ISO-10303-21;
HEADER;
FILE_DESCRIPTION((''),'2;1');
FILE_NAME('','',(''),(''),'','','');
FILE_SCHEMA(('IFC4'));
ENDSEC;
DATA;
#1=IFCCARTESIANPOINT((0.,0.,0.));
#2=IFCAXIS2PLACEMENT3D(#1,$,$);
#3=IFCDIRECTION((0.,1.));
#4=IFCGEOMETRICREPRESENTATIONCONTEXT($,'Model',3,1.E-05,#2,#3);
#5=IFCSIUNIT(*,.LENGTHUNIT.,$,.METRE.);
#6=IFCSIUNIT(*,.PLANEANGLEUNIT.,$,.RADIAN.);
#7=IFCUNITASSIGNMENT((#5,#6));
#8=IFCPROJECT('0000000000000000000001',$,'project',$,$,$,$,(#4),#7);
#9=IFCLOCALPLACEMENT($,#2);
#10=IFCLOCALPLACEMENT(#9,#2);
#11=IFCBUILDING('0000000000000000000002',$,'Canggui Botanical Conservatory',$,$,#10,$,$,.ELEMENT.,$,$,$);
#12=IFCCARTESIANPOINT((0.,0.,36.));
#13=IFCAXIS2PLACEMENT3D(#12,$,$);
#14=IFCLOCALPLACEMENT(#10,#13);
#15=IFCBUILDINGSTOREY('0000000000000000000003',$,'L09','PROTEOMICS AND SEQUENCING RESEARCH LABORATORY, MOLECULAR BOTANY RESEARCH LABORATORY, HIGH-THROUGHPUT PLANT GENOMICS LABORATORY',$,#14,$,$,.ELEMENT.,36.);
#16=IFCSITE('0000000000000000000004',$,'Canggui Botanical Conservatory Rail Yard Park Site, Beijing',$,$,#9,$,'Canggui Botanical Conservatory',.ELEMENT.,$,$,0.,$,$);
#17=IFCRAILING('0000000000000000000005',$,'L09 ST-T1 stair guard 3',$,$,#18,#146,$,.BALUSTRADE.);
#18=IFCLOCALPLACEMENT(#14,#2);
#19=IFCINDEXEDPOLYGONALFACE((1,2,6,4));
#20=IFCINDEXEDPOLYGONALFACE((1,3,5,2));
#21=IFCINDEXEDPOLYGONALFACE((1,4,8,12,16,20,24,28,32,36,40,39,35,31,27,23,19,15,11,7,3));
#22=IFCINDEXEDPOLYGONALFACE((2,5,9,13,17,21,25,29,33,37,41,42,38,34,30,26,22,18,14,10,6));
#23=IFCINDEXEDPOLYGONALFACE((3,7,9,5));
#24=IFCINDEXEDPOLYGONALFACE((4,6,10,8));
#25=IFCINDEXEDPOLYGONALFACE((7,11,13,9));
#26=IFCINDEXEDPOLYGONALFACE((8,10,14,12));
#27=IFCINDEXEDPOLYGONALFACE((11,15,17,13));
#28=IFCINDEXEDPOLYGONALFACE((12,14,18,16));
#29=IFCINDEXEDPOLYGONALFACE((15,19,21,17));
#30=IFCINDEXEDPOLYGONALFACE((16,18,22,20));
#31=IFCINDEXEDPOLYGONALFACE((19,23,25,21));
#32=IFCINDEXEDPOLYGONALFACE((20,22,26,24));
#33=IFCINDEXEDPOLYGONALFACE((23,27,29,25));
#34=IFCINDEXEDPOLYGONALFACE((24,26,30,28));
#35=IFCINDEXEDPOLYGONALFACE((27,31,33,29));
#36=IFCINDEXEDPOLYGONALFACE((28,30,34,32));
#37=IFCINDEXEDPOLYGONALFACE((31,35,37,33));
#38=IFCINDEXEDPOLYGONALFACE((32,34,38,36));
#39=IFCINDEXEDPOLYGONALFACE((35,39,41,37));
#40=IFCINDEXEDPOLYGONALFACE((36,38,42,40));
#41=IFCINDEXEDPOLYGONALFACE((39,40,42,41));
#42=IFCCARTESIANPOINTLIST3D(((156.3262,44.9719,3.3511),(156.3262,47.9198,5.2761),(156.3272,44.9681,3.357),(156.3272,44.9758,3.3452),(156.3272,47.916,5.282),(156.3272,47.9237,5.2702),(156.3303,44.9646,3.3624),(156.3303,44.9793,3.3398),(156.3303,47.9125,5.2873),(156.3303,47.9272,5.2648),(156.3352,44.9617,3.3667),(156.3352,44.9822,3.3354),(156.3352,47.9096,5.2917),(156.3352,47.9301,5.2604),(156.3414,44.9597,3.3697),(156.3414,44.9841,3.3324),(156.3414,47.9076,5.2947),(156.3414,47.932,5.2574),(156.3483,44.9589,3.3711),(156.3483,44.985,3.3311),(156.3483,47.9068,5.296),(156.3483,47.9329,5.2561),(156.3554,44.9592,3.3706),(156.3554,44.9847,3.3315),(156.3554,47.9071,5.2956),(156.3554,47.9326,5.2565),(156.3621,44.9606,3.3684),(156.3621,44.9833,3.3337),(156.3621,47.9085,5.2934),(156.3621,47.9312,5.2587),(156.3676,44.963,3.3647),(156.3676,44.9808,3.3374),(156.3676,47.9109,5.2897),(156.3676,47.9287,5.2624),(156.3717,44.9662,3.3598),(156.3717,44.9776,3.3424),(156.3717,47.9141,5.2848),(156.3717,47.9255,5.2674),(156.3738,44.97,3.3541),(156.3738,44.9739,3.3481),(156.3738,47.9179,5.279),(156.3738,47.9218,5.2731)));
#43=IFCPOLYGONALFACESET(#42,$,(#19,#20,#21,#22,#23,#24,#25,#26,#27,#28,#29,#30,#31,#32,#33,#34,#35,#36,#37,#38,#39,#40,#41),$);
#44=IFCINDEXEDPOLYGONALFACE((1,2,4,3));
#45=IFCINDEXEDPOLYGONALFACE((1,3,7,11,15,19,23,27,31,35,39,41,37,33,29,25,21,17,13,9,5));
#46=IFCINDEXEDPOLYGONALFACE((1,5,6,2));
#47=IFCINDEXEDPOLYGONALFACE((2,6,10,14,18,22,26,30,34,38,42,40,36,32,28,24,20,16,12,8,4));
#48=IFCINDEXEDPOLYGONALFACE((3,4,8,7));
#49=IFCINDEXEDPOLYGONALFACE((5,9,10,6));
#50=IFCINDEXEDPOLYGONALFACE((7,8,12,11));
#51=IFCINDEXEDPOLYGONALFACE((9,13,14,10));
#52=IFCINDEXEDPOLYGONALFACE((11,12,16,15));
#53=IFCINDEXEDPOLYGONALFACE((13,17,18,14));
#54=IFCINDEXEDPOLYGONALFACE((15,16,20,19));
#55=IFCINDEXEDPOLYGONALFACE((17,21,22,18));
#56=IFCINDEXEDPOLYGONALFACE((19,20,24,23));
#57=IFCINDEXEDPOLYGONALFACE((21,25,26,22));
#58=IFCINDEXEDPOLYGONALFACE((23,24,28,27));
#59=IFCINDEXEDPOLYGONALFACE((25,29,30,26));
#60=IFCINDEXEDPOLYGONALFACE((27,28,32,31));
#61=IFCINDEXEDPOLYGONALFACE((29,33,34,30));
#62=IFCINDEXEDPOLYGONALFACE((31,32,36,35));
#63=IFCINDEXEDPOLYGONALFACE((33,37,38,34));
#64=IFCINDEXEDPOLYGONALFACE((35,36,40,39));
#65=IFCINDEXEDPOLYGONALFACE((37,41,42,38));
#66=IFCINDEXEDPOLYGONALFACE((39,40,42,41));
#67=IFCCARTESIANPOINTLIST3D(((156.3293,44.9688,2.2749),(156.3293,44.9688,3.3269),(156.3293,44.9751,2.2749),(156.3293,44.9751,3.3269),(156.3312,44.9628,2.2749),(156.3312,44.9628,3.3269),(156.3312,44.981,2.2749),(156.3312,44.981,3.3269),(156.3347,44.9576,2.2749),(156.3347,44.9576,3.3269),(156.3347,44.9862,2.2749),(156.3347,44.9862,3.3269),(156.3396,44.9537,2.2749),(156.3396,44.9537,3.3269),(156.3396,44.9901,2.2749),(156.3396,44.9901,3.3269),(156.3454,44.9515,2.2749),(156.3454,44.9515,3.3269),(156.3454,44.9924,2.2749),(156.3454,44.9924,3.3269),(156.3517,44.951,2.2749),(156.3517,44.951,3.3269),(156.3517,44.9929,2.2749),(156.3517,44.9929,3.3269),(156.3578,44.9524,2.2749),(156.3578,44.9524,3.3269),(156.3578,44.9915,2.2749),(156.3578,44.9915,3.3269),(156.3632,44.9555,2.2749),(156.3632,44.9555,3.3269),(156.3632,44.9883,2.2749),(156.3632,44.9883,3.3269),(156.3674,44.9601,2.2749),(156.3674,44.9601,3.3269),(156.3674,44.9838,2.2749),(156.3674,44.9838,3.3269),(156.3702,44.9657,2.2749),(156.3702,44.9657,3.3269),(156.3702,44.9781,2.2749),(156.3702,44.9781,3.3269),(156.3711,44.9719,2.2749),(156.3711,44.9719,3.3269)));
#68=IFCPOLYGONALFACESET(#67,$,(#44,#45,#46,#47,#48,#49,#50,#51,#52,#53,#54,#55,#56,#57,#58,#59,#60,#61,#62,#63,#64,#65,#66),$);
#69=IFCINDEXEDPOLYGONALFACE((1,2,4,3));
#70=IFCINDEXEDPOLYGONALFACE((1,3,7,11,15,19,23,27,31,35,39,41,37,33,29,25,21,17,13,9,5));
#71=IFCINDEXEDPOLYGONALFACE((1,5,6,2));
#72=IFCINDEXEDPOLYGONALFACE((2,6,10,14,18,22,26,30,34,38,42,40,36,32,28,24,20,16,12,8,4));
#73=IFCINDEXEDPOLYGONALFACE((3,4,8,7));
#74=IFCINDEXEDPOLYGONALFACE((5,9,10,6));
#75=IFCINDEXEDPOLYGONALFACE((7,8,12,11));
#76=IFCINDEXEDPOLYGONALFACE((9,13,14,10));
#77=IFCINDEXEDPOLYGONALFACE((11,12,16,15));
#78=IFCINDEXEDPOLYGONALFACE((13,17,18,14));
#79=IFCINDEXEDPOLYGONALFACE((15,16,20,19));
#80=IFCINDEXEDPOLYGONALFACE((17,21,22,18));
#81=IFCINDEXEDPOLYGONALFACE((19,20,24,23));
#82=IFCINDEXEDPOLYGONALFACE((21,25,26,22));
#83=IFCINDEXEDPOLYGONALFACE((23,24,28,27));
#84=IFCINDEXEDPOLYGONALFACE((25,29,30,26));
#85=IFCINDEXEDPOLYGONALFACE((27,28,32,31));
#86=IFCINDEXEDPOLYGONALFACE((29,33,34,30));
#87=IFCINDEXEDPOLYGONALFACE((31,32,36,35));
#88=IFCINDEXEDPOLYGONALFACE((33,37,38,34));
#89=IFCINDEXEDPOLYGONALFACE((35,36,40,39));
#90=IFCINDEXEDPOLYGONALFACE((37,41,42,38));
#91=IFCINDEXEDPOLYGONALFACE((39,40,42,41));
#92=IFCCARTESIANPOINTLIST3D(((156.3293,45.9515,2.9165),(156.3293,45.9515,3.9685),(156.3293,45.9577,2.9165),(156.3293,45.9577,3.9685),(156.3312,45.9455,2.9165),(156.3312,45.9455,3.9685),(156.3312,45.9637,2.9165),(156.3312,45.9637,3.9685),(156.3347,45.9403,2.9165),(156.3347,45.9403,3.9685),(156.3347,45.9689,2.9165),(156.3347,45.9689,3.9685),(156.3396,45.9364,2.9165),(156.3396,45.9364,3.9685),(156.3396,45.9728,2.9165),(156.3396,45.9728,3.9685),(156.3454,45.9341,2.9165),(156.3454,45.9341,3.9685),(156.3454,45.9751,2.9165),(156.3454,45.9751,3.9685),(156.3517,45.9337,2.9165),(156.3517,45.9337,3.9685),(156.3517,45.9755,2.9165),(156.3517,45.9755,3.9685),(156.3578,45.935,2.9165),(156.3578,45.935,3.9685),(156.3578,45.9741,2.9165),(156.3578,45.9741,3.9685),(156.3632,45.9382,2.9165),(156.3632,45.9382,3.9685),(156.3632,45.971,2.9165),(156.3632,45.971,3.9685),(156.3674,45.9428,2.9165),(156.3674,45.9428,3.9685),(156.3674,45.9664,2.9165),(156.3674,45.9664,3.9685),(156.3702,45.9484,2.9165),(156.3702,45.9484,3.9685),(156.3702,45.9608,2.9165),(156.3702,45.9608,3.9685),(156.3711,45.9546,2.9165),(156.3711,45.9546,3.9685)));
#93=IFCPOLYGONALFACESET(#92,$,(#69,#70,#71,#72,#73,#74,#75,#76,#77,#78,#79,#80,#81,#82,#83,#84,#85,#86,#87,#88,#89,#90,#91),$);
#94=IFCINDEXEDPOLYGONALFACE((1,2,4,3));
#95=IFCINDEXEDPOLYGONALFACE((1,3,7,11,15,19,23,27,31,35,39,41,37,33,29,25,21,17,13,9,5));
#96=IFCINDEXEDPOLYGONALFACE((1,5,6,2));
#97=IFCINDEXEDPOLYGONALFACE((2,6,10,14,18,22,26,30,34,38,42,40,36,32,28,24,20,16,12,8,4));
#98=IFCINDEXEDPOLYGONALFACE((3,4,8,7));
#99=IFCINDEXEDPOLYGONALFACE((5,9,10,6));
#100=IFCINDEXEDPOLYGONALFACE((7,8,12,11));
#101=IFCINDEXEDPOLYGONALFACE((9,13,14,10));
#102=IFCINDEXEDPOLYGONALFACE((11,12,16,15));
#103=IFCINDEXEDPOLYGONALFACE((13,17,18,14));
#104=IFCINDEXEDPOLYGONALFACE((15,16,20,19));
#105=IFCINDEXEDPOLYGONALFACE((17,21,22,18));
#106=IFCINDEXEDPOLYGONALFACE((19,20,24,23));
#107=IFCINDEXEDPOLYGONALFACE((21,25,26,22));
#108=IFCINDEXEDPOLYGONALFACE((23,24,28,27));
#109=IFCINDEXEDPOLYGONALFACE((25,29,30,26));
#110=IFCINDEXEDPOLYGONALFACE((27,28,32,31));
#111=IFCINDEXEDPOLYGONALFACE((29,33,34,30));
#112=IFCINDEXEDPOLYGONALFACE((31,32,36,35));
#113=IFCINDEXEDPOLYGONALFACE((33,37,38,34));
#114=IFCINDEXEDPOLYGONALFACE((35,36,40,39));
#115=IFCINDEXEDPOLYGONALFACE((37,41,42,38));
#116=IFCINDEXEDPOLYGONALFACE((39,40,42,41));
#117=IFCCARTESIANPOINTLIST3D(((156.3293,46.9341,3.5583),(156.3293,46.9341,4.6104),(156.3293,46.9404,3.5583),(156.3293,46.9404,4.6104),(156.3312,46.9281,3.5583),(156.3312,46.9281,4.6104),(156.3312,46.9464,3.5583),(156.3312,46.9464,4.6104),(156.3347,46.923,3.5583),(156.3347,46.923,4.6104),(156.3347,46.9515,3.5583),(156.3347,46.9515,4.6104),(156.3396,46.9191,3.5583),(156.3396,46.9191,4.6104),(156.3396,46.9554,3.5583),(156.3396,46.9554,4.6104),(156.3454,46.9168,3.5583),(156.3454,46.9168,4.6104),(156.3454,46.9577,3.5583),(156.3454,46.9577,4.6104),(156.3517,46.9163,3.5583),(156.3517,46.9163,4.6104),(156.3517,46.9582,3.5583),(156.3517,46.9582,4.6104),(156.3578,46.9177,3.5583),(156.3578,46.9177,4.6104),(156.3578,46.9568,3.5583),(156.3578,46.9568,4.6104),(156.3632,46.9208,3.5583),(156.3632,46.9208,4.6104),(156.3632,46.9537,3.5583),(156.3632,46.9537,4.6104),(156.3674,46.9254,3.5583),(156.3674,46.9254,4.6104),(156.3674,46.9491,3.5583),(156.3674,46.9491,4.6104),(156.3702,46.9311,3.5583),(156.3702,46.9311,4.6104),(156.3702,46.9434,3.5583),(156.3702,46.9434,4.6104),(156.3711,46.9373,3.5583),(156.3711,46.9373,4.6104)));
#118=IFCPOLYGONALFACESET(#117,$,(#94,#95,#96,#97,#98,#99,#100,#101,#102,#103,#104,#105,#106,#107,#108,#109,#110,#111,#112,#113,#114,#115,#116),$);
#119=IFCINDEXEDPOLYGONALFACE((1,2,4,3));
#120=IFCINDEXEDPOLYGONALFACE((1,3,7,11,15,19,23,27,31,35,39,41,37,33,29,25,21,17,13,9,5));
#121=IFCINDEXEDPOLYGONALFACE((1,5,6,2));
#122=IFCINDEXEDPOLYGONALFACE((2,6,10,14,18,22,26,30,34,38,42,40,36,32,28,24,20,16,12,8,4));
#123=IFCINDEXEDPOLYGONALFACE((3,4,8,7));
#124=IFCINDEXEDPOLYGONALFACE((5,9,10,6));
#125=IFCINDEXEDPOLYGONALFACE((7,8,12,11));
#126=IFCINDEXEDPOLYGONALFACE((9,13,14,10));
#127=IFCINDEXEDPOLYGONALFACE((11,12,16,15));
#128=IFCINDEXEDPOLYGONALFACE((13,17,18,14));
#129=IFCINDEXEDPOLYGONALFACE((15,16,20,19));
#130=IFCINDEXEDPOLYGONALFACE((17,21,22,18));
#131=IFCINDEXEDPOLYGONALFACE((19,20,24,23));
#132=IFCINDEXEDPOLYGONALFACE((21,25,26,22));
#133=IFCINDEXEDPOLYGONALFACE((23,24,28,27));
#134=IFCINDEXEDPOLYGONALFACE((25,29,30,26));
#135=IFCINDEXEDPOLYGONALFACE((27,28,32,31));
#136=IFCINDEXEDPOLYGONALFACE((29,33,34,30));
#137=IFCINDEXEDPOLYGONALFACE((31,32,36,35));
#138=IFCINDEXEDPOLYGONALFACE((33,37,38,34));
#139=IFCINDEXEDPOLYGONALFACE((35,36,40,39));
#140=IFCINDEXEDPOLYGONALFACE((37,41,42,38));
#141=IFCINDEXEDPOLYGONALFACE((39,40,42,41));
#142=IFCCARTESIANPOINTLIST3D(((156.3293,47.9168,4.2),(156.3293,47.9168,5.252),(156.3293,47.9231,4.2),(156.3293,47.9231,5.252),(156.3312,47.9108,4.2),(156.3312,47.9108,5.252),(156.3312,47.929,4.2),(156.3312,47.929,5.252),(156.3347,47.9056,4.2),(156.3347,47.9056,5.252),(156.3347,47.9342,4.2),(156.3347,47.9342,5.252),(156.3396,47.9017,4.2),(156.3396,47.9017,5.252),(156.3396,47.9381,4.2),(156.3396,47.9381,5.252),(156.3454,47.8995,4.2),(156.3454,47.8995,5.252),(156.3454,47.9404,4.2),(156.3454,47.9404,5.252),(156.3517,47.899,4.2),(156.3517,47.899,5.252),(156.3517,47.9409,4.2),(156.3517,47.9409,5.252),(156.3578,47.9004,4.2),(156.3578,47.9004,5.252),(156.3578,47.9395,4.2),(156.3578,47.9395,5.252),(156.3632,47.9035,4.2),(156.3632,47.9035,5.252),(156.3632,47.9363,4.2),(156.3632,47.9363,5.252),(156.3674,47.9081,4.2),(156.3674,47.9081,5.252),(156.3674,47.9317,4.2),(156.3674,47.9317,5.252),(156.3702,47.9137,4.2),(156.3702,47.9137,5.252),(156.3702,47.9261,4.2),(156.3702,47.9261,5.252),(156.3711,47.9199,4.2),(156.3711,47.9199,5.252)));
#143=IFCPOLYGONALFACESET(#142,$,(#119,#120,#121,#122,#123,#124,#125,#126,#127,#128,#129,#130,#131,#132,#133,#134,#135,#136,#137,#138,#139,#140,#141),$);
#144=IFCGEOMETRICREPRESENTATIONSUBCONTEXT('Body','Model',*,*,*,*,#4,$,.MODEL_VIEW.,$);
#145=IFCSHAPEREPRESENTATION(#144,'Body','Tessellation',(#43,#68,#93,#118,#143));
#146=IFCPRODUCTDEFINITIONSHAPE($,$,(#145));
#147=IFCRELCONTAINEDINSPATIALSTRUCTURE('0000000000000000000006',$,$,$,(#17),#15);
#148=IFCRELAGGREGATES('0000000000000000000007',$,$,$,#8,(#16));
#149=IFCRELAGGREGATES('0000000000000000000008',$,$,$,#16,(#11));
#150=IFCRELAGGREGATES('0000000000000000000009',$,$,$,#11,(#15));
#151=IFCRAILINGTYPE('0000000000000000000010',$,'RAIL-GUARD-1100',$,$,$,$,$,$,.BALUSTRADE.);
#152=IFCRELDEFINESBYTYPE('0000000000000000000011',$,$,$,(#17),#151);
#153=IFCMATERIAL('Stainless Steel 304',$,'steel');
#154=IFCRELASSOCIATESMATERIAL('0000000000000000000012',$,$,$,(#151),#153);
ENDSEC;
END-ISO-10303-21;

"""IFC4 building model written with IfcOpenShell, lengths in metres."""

from ifc_helpers import new_model, si_unit, direction, frame, origin, origin_2d, place, context, subcontext, project, spatial, circle, extrude, material, type_object, element, save


model = new_model("IFC4")

# Units and contexts
model_context = context("Model", 3, precision=1e-05, world=origin(), true_north=direction((0.0, 1.0)))
body_context = subcontext(model_context, "Body", "Model", "MODEL_VIEW")
ifc_project = project(units=[si_unit("LENGTHUNIT", "METRE"), si_unit("PLANEANGLEUNIT", "RADIAN")], contexts=[model_context])

# Site, building, storey
site_placement = place(None, origin())
site = spatial("IfcSite", under=ifc_project, at=site_placement, Name="Canggui Botanical Conservatory Rail Yard Park Site, Beijing", LongName="Canggui Botanical Conservatory", CompositionType="ELEMENT", RefElevation=0.0)
building_placement = place(site_placement, origin())
building = spatial("IfcBuilding", under=site, at=building_placement, Name="Canggui Botanical Conservatory", CompositionType="ELEMENT")
storey_placement = place(building_placement, frame((0.0, 0.0, 36.0)))
storey = spatial("IfcBuildingStorey", under=building, at=storey_placement, Name="L09", Description="PROTEOMICS AND SEQUENCING RESEARCH LABORATORY, MOLECULAR BOTANY RESEARCH LABORATORY, HIGH-THROUGHPUT PLANT GENOMICS LABORATORY", CompositionType="ELEMENT", Elevation=36.0)

# Shared definitions
ifc_material_1 = material(Name="Stainless Steel 304", Category="steel")

# Railing
railing_type_1 = type_object("IfcRailingType", Name="RAIL-GUARD-1100", PredefinedType="BALUSTRADE", material=ifc_material_1)
railing_1_placement = place(storey_placement, frame((156.3501, 44.9719, 2.2749)))
element("IfcRailing", 1, at=railing_1_placement, inside=storey, type_object=railing_type_1, Name="L09 ST-T1 stair guard 3", PredefinedType="BALUSTRADE", context=body_context, shape_type="SweptSolid", body=[
    extrude(circle(Radius=0.0239, at=origin_2d()), frame((0.0, 0.0, 1.0762), z_axis=(0.0, 0.837293, 0.546754), x_axis=(-1.0, 0.0, 0.0)), (0.0, 0.0, 1.0), 3.5208),
    extrude(circle(Radius=0.021, at=origin_2d()), origin(), (0.0, 0.0, 1.0), 1.052),
    extrude(circle(Radius=0.021, at=origin_2d()), frame((0.0, 0.9827, 0.6416)), (0.0, 0.0, 1.0), 1.052),
    extrude(circle(Radius=0.021, at=origin_2d()), frame((0.0, 1.9653, 1.2834)), (0.0, 0.0, 1.0), 1.052),
    extrude(circle(Radius=0.021, at=origin_2d()), frame((0.0, 2.948, 1.925)), (0.0, 0.0, 1.0), 1.052),
])

save(model, "model.ifc")
